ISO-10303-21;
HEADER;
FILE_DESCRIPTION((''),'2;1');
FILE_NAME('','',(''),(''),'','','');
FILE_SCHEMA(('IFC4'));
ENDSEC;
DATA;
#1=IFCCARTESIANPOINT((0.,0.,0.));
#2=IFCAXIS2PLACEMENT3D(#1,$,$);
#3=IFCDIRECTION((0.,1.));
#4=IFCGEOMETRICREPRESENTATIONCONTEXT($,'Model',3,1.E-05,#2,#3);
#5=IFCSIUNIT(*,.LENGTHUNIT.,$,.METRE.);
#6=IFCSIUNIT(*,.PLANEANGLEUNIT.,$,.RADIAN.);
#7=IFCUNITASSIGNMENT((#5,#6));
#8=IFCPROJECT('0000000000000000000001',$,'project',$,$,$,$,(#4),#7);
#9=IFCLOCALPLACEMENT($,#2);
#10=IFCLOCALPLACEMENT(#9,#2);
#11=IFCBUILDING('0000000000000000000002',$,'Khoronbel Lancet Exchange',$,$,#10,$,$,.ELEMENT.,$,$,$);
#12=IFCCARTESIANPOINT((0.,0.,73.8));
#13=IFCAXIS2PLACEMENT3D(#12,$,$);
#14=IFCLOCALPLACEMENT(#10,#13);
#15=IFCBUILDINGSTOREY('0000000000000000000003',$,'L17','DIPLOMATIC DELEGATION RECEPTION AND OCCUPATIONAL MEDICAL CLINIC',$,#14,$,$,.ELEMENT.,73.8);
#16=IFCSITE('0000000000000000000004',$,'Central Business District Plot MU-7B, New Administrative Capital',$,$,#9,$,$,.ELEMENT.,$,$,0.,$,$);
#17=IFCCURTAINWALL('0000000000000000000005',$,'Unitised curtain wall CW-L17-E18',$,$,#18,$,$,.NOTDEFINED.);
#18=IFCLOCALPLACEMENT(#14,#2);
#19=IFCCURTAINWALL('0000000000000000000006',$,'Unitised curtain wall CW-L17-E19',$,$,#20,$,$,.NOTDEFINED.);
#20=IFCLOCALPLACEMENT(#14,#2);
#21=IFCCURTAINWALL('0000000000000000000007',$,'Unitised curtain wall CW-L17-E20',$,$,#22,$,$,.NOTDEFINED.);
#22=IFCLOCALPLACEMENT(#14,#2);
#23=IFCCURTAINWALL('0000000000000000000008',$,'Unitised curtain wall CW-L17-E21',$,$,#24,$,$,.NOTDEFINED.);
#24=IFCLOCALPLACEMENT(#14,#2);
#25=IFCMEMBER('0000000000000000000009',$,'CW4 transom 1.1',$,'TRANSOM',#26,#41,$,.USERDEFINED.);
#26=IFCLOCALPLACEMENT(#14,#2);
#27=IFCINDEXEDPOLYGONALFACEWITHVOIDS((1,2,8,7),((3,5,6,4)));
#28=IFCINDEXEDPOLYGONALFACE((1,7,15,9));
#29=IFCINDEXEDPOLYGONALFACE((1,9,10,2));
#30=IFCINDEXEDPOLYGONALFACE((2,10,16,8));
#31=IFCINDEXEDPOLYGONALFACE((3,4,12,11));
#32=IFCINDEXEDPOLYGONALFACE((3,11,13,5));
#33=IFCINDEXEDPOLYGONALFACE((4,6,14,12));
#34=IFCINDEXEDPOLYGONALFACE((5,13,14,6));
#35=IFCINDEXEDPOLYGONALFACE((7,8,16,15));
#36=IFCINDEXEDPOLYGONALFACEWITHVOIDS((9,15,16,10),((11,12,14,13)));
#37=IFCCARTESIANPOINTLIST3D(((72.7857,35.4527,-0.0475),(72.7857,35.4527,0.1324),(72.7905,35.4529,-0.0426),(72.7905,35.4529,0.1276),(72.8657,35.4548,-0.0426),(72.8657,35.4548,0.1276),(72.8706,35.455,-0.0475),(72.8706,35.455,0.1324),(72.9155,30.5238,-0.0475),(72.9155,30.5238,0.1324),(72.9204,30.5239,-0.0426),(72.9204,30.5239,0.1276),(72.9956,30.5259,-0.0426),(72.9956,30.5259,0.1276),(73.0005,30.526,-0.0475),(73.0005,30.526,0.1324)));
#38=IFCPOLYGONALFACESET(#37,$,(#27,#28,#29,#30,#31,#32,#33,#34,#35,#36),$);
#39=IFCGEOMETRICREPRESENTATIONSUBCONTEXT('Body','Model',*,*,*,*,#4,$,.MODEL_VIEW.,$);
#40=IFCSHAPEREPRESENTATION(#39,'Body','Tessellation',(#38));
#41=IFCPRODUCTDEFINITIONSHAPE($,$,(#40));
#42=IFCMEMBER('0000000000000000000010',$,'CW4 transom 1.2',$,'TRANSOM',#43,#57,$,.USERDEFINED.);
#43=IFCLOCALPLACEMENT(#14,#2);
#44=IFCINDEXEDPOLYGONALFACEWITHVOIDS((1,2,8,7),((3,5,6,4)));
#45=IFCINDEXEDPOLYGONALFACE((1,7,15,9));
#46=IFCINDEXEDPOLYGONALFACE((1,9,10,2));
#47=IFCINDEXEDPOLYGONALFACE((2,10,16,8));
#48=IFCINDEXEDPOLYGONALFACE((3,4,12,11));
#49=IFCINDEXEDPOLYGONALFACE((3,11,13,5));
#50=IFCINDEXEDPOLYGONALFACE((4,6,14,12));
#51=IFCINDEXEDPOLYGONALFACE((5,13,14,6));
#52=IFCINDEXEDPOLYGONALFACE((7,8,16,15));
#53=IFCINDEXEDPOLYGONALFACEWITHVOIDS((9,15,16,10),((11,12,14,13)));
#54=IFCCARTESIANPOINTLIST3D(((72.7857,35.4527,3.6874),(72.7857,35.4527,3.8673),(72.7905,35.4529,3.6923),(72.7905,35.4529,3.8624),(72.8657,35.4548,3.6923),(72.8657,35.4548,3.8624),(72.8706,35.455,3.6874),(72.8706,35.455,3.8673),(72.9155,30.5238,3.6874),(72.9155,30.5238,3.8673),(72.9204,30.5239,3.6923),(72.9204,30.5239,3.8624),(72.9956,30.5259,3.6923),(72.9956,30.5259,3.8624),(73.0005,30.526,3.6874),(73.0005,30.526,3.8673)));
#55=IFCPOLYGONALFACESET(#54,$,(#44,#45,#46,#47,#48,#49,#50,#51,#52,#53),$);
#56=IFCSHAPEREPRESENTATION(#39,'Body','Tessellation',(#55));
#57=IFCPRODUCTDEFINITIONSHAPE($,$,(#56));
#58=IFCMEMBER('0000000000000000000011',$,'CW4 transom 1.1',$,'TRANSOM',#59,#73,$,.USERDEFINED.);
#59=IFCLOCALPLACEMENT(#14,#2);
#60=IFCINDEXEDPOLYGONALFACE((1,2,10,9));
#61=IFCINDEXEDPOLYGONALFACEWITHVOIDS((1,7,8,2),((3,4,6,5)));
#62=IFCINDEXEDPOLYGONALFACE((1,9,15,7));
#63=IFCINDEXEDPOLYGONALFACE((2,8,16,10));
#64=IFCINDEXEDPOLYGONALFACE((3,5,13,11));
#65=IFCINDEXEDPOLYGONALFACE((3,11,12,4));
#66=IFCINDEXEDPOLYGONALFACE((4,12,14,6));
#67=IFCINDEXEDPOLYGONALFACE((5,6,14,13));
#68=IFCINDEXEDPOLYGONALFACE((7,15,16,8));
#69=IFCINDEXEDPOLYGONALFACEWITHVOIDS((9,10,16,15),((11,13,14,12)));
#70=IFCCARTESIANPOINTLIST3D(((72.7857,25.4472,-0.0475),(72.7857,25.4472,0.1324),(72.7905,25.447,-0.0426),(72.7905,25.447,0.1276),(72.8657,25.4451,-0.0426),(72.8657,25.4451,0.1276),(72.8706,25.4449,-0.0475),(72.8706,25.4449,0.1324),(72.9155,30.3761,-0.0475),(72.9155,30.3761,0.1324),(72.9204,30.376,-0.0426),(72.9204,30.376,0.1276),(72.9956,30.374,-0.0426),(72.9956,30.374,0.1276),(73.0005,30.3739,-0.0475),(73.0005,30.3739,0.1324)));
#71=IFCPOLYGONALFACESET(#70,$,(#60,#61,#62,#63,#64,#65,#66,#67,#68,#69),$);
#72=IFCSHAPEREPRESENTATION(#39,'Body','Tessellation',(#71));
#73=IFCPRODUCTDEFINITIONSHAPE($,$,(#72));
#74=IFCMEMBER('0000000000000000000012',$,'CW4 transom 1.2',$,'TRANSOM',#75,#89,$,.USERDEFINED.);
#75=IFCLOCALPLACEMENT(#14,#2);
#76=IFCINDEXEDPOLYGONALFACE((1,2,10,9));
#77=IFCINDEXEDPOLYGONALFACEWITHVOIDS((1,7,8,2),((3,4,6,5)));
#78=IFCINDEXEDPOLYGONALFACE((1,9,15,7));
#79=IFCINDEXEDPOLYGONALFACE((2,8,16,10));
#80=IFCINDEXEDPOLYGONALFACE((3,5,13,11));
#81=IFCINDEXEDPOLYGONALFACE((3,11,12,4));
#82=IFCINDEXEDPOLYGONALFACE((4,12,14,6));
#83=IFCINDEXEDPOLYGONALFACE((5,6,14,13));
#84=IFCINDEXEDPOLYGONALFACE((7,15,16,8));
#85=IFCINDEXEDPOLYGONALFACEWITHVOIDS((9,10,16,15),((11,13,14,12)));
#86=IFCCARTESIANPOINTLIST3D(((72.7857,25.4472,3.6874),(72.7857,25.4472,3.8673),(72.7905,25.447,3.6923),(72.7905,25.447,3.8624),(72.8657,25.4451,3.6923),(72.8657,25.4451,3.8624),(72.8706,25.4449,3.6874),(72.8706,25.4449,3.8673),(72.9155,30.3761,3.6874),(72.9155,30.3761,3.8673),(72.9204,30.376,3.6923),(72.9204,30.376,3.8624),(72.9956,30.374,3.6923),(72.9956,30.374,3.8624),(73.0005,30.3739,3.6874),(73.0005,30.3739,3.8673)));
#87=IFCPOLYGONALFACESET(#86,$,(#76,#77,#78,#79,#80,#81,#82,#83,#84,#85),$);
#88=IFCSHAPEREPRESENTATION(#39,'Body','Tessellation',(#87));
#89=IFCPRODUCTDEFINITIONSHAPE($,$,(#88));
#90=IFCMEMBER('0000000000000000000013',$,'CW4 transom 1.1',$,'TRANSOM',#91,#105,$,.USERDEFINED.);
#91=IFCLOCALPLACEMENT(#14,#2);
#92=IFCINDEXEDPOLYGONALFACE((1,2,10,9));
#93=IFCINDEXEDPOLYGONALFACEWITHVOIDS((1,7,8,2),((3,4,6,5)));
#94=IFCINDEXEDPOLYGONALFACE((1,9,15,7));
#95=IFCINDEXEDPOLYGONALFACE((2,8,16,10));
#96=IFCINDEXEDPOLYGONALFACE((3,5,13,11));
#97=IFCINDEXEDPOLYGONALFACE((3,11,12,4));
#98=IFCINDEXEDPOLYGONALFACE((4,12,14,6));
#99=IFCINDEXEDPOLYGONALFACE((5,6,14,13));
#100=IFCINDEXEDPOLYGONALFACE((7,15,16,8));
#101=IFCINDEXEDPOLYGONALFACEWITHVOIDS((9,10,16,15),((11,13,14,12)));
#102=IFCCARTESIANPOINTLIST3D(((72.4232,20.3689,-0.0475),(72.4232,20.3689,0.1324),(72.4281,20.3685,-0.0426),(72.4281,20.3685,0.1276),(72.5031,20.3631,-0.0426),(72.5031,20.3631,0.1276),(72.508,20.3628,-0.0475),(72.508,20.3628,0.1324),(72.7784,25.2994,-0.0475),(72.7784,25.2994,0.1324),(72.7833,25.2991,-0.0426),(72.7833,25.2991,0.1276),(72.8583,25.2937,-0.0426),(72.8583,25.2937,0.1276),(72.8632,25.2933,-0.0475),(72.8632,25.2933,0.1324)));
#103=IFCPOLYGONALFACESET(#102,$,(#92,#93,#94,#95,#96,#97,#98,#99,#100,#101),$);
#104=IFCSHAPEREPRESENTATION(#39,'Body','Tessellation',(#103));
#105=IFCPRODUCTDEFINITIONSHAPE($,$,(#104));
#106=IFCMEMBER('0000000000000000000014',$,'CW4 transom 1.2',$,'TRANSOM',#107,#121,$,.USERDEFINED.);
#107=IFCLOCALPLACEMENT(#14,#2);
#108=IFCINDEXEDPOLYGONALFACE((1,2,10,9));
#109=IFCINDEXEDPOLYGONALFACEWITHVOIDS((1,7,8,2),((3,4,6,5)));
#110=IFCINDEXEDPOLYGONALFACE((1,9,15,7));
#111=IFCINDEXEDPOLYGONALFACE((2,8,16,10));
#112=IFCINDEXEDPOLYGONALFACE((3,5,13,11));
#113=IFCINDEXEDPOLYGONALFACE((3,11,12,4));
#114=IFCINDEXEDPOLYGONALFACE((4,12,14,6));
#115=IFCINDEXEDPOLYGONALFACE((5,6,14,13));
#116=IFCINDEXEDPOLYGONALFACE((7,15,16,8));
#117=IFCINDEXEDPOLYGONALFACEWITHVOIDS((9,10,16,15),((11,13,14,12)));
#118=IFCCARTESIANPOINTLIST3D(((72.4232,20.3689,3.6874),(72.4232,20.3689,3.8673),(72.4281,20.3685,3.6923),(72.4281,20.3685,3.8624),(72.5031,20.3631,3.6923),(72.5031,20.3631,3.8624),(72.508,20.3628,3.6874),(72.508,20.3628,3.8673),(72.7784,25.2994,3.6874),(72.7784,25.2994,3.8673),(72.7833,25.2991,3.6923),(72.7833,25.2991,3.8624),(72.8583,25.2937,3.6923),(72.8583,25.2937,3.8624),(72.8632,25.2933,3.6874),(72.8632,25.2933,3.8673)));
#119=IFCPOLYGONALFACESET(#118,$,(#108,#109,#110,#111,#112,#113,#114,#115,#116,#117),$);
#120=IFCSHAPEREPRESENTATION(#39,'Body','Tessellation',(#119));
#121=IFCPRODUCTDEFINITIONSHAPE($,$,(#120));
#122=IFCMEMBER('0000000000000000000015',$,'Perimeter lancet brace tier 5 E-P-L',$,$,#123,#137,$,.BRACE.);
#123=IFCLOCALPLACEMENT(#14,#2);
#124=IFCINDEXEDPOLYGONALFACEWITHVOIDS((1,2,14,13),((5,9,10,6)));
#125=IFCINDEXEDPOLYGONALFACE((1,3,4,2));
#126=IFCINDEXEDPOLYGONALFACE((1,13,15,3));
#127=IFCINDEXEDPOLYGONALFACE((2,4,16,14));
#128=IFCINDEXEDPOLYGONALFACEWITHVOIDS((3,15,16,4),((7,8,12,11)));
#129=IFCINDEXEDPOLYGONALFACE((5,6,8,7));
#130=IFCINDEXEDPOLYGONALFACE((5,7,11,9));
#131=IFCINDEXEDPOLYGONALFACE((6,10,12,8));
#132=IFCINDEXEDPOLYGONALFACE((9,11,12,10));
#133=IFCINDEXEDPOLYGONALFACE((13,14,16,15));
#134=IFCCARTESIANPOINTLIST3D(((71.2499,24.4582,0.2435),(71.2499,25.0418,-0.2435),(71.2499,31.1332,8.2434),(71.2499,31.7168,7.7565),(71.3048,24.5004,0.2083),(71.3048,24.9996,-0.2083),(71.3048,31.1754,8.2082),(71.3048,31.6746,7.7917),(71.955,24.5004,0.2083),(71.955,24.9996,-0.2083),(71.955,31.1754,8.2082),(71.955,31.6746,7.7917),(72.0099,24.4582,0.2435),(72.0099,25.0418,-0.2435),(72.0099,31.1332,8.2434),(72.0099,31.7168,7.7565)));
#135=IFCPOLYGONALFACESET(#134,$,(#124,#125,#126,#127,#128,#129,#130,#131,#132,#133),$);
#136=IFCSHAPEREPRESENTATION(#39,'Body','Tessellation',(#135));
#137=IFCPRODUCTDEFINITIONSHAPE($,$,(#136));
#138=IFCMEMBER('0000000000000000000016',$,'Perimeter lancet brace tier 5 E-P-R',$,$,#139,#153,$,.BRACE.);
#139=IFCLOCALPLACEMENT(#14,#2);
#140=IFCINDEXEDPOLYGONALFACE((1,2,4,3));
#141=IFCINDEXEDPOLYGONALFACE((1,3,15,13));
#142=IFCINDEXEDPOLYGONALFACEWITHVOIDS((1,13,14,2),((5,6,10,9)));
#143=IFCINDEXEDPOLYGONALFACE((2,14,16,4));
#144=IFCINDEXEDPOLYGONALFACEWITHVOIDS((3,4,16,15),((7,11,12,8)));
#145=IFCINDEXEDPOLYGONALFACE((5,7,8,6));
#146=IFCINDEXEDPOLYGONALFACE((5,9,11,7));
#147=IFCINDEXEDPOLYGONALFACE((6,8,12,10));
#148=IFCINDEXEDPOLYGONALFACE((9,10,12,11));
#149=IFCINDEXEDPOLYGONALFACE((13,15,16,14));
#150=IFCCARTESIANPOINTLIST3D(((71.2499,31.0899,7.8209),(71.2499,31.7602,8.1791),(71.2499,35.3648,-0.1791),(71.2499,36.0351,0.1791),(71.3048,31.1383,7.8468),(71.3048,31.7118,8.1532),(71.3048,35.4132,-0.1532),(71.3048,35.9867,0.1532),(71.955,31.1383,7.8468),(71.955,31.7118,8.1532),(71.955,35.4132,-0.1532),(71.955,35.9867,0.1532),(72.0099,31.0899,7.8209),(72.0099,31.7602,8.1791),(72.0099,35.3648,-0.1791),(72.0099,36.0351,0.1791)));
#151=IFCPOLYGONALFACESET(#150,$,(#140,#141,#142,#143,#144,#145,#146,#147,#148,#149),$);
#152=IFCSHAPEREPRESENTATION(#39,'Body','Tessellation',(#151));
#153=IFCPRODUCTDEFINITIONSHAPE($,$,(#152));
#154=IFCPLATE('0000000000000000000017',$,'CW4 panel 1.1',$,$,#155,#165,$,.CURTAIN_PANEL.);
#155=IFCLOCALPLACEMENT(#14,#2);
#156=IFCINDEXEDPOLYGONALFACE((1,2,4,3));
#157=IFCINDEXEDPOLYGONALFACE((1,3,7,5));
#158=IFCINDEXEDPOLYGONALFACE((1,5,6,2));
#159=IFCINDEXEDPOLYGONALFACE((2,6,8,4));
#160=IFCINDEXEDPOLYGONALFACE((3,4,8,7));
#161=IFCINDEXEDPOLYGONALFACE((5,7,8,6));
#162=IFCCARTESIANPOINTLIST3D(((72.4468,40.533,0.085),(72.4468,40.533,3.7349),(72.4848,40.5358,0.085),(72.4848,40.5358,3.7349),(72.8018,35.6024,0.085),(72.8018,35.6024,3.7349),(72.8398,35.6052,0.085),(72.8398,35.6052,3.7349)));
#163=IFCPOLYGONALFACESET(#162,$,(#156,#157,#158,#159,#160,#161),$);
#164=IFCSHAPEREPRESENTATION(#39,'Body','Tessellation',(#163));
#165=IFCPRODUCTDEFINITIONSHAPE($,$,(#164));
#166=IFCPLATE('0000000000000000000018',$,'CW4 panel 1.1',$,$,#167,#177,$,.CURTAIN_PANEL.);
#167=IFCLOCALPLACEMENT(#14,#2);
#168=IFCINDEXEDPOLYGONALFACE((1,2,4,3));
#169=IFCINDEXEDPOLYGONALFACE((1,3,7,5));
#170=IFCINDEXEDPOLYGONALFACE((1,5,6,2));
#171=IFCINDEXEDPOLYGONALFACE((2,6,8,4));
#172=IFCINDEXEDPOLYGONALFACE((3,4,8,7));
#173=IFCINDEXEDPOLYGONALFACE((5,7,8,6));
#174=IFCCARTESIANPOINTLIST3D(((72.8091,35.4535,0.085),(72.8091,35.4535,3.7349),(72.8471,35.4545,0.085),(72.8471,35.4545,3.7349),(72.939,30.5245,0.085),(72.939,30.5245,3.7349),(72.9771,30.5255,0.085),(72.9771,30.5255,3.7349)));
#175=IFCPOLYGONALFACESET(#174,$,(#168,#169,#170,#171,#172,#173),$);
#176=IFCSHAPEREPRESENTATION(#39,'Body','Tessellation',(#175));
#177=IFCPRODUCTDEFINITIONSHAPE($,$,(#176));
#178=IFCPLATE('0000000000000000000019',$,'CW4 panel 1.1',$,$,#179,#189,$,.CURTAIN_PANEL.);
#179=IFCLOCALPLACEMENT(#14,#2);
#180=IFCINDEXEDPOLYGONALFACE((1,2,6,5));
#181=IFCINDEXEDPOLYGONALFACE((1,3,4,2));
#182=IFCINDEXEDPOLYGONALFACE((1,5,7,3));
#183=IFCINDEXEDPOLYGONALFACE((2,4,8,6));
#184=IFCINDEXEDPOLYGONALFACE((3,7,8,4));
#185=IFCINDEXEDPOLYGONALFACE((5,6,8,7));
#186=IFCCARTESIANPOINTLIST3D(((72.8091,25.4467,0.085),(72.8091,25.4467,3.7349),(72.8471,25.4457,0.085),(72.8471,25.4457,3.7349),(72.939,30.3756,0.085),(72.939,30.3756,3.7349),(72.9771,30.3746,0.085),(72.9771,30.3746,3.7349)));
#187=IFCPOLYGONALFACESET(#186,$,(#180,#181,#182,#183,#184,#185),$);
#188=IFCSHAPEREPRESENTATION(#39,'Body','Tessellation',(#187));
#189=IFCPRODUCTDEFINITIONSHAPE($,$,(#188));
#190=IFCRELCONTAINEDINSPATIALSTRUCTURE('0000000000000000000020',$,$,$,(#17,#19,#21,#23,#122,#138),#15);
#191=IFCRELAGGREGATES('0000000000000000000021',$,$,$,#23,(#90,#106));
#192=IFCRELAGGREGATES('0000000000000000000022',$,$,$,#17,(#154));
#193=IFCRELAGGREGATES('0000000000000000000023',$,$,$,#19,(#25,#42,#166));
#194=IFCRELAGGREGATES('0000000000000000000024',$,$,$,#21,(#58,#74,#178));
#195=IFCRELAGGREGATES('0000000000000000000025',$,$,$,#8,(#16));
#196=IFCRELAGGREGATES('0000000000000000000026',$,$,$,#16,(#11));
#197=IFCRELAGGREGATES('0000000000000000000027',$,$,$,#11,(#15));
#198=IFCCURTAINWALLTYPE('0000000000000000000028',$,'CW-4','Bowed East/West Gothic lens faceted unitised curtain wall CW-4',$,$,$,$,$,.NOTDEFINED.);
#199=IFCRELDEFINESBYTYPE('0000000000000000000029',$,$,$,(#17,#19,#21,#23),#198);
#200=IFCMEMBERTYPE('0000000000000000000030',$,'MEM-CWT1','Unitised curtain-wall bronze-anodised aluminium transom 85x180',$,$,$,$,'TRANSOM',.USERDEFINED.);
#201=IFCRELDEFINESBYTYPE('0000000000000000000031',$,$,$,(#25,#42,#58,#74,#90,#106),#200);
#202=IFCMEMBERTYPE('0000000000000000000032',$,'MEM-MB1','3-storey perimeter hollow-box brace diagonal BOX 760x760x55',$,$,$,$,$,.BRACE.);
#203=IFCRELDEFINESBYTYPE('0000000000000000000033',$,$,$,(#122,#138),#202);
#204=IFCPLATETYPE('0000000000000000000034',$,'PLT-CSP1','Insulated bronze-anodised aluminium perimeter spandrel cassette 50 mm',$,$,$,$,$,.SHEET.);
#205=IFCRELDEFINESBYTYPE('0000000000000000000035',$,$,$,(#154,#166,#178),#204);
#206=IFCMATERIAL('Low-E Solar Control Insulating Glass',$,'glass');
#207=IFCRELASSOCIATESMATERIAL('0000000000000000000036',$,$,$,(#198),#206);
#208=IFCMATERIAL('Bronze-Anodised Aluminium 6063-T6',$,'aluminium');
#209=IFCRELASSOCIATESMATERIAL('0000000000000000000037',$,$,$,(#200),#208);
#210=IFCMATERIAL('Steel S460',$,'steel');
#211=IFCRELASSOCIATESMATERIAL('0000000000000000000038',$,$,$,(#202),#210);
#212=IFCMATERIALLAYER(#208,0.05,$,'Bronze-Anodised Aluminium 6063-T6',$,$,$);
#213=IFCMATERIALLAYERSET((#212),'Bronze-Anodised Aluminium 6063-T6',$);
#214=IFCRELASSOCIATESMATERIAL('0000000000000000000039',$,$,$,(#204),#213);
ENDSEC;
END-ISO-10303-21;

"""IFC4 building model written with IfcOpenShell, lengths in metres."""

from ifc_helpers import new_model, si_unit, direction, frame, origin, origin_2d, place, context, subcontext, project, spatial, rectangle, hollow_rectangle, extrude, material, layer, layer_set, material_profile, profile_set, type_object, element, aggregate, save


model = new_model("IFC4")

# Units and contexts
model_context = context("Model", 3, precision=1e-05, world=origin(), true_north=direction((0.0, 1.0)))
body_context = subcontext(model_context, "Body", "Model", "MODEL_VIEW")
ifc_project = project(units=[si_unit("LENGTHUNIT", "METRE"), si_unit("PLANEANGLEUNIT", "RADIAN")], contexts=[model_context])

# Site, building, storey
site_placement = place(None, origin())
site = spatial("IfcSite", under=ifc_project, at=site_placement, Name="Central Business District Plot MU-7B, New Administrative Capital", CompositionType="ELEMENT", RefElevation=0.0)
building_placement = place(site_placement, origin())
building = spatial("IfcBuilding", under=site, at=building_placement, Name="Khoronbel Lancet Exchange", CompositionType="ELEMENT")
storey_placement = place(building_placement, frame((0.0, 0.0, 73.8)))
storey = spatial("IfcBuildingStorey", under=building, at=storey_placement, Name="L17", Description="DIPLOMATIC DELEGATION RECEPTION AND OCCUPATIONAL MEDICAL CLINIC", CompositionType="ELEMENT", Elevation=73.8)

# Curtain wall
ifc_material_1 = material(Name="Low-E Solar Control Insulating Glass", Category="glass")
curtain_wall_type = type_object("IfcCurtainWallType", Name="CW-4", Description="Bowed East/West Gothic lens faceted unitised curtain wall CW-4", PredefinedType="NOTDEFINED", material=ifc_material_1)
curtain_wall_1_placement = place(storey_placement, origin())
curtain_wall_1 = element("IfcCurtainWall", 1, at=curtain_wall_1_placement, inside=storey, type_object=curtain_wall_type, Name="Unitised curtain wall CW-L17-E18", PredefinedType="NOTDEFINED")
ifc_material_2 = material(Name="Bronze-Anodised Aluminium 6063-T6", Category="aluminium")

# Curtain walls
curtain_wall_2_placement = place(storey_placement, origin())
curtain_wall_2 = element("IfcCurtainWall", 2, at=curtain_wall_2_placement, inside=storey, type_object=curtain_wall_type, Name="Unitised curtain wall CW-L17-E19", PredefinedType="NOTDEFINED")
curtain_wall_3_placement = place(storey_placement, origin())
curtain_wall_3 = element("IfcCurtainWall", 3, at=curtain_wall_3_placement, inside=storey, type_object=curtain_wall_type, Name="Unitised curtain wall CW-L17-E20", PredefinedType="NOTDEFINED")

# Curtain wall
curtain_wall_4_placement = place(storey_placement, origin())
curtain_wall_4 = element("IfcCurtainWall", 4, at=curtain_wall_4_placement, inside=storey, type_object=curtain_wall_type, Name="Unitised curtain wall CW-L17-E21", PredefinedType="NOTDEFINED")

# Members
ifc_material_profile_1 = material_profile(ifc_material_2, hollow_rectangle(XDim=0.085, YDim=0.1799, WallThickness=0.0049, at=origin_2d()), Name="ALU TRANSOM 85x180")
ifc_profile_set_1 = profile_set([ifc_material_profile_1], Name="Bronze-Anodised Aluminium 6063-T6")
member_type_1 = type_object("IfcMemberType", Name="MEM-CWT1", Description="Unitised curtain-wall bronze-anodised aluminium transom 85x180", ElementType="TRANSOM", PredefinedType="USERDEFINED", material=ifc_profile_set_1)
member_1_placement = place(storey_placement, frame((72.8281, 35.4539, 0.0425), z_axis=(0.026342, -0.999653, 0.0), x_axis=(0.999653, 0.026342, 0.0)))
member_1 = element("IfcMember", 5, at=member_1_placement, type_object=member_type_1, Name="CW4 transom 1.1", ObjectType="TRANSOM", PredefinedType="USERDEFINED", context=body_context, shape_type="SweptSolid", body=[
    extrude(hollow_rectangle(XDim=0.085, YDim=0.1799, WallThickness=0.0049, at=origin_2d()), origin(), (0.0, 0.0, 1.0), 4.9307),
])
member_2_placement = place(storey_placement, frame((72.8281, 35.4539, 3.7773), z_axis=(0.026342, -0.999653, 0.0), x_axis=(0.999653, 0.026342, 0.0)))
member_2 = element("IfcMember", 6, at=member_2_placement, type_object=member_type_1, Name="CW4 transom 1.2", ObjectType="TRANSOM", PredefinedType="USERDEFINED", context=body_context, shape_type="SweptSolid", body=[
    extrude(hollow_rectangle(XDim=0.085, YDim=0.1799, WallThickness=0.0049, at=origin_2d()), origin(), (0.0, 0.0, 1.0), 4.9307),
])
member_3_placement = place(storey_placement, frame((72.958, 30.375, 0.0425), z_axis=(-0.026342, -0.999653, 0.0), x_axis=(0.999653, -0.026342, 0.0)))
member_3 = element("IfcMember", 7, at=member_3_placement, type_object=member_type_1, Name="CW4 transom 1.1", ObjectType="TRANSOM", PredefinedType="USERDEFINED", context=body_context, shape_type="SweptSolid", body=[
    extrude(hollow_rectangle(XDim=0.085, YDim=0.1799, WallThickness=0.0049, at=origin_2d()), origin(), (0.0, 0.0, 1.0), 4.9307),
])
member_4_placement = place(storey_placement, frame((72.958, 30.375, 3.7773), z_axis=(-0.026342, -0.999653, 0.0), x_axis=(0.999653, -0.026342, 0.0)))
member_4 = element("IfcMember", 8, at=member_4_placement, type_object=member_type_1, Name="CW4 transom 1.2", ObjectType="TRANSOM", PredefinedType="USERDEFINED", context=body_context, shape_type="SweptSolid", body=[
    extrude(hollow_rectangle(XDim=0.085, YDim=0.1799, WallThickness=0.0049, at=origin_2d()), origin(), (0.0, 0.0, 1.0), 4.9307),
])
member_5_placement = place(storey_placement, frame((72.8208, 25.2964, 0.0425), z_axis=(-0.071858, -0.997415, 0.0), x_axis=(0.997415, -0.071858, 0.0)))
member_5 = element("IfcMember", 9, at=member_5_placement, type_object=member_type_1, Name="CW4 transom 1.1", ObjectType="TRANSOM", PredefinedType="USERDEFINED", context=body_context, shape_type="SweptSolid", body=[
    extrude(hollow_rectangle(XDim=0.085, YDim=0.1799, WallThickness=0.0049, at=origin_2d()), origin(), (0.0, 0.0, 1.0), 4.9434),
])
member_6_placement = place(storey_placement, frame((72.8208, 25.2964, 3.7773), z_axis=(-0.071858, -0.997415, 0.0), x_axis=(0.997415, -0.071858, 0.0)))
member_6 = element("IfcMember", 10, at=member_6_placement, type_object=member_type_1, Name="CW4 transom 1.2", ObjectType="TRANSOM", PredefinedType="USERDEFINED", context=body_context, shape_type="SweptSolid", body=[
    extrude(hollow_rectangle(XDim=0.085, YDim=0.1799, WallThickness=0.0049, at=origin_2d()), origin(), (0.0, 0.0, 1.0), 4.9434),
])
aggregate(curtain_wall_4, [member_5, member_6])

# Members
ifc_material_3 = material(Name="Steel S460", Category="steel")
ifc_material_profile_2 = material_profile(ifc_material_3, hollow_rectangle(XDim=0.76, YDim=0.76, WallThickness=0.0549, at=origin_2d()), Name="BOX 760x760x55")
ifc_profile_set_2 = profile_set([ifc_material_profile_2], Name="Steel S460")
member_type_2 = type_object("IfcMemberType", Name="MEM-MB1", Description="3-storey perimeter hollow-box brace diagonal BOX 760x760x55", PredefinedType="BRACE", material=ifc_profile_set_2)
member_7_placement = place(storey_placement, frame((71.6299, 24.75, 0.0), z_axis=(0.0, 0.640659, 0.767825), x_axis=(-1.0, 0.0, 0.0)))
element("IfcMember", 11, at=member_7_placement, inside=storey, type_object=member_type_2, Name="Perimeter lancet brace tier 5 E-P-L", PredefinedType="BRACE", context=body_context, shape_type="SweptSolid", body=[
    extrude(hollow_rectangle(XDim=0.76, YDim=0.76, WallThickness=0.0549, at=origin_2d()), origin(), (0.0, 0.0, 1.0), 10.4189),
])
member_8_placement = place(storey_placement, frame((71.6299, 35.7, 0.0), z_axis=(0.0, -0.471295, 0.881976), x_axis=(1.0, 0.0, 0.0)))
element("IfcMember", 12, at=member_8_placement, inside=storey, type_object=member_type_2, Name="Perimeter lancet brace tier 5 E-P-R", PredefinedType="BRACE", context=body_context, shape_type="SweptSolid", body=[
    extrude(hollow_rectangle(XDim=0.76, YDim=0.76, WallThickness=0.0549, at=origin_2d()), origin(), (0.0, 0.0, 1.0), 9.0706),
])

# Plates
ifc_layer_1 = layer(ifc_material_2, 0.05, Name="Bronze-Anodised Aluminium 6063-T6")
ifc_layer_set_1 = layer_set([ifc_layer_1], Name="Bronze-Anodised Aluminium 6063-T6")
plate_type_1 = type_object("IfcPlateType", Name="PLT-CSP1", Description="Insulated bronze-anodised aluminium perimeter spandrel cassette 50 mm", PredefinedType="SHEET", material=ifc_layer_set_1)
plate_1_placement = place(storey_placement, frame((72.6433, 38.0691, 0.085), z_axis=(0.0, 0.0, 1.0), x_axis=(0.071819, -0.997418, 0.0)))
plate_1 = element("IfcPlate", 13, at=plate_1_placement, type_object=plate_type_1, Name="CW4 panel 1.1", PredefinedType="CURTAIN_PANEL", context=body_context, shape_type="SweptSolid", body=[
    extrude(rectangle(XDim=4.9434, YDim=0.0381, at=origin_2d()), origin(), (0.0, 0.0, 1.0), 3.6499),
])
aggregate(curtain_wall_1, [plate_1])
plate_2_placement = place(storey_placement, frame((72.8931, 32.9895, 0.085), z_axis=(0.0, 0.0, 1.0), x_axis=(0.026355, -0.999653, 0.0)))
plate_2 = element("IfcPlate", 14, at=plate_2_placement, type_object=plate_type_1, Name="CW4 panel 1.1", PredefinedType="CURTAIN_PANEL", context=body_context, shape_type="SweptSolid", body=[
    extrude(rectangle(XDim=4.9307, YDim=0.0381, at=origin_2d()), origin(), (0.0, 0.0, 1.0), 3.6499),
])
aggregate(curtain_wall_2, [member_1, member_2, plate_2])
plate_3_placement = place(storey_placement, frame((72.8931, 27.9106, 0.085), z_axis=(0.0, 0.0, 1.0), x_axis=(-0.026355, -0.999653, 0.0)))
plate_3 = element("IfcPlate", 15, at=plate_3_placement, type_object=plate_type_1, Name="CW4 panel 1.1", PredefinedType="CURTAIN_PANEL", context=body_context, shape_type="SweptSolid", body=[
    extrude(rectangle(XDim=4.9307, YDim=0.0381, at=origin_2d()), origin(), (0.0, 0.0, 1.0), 3.6499),
])
aggregate(curtain_wall_3, [member_3, member_4, plate_3])

save(model, "model.ifc")
